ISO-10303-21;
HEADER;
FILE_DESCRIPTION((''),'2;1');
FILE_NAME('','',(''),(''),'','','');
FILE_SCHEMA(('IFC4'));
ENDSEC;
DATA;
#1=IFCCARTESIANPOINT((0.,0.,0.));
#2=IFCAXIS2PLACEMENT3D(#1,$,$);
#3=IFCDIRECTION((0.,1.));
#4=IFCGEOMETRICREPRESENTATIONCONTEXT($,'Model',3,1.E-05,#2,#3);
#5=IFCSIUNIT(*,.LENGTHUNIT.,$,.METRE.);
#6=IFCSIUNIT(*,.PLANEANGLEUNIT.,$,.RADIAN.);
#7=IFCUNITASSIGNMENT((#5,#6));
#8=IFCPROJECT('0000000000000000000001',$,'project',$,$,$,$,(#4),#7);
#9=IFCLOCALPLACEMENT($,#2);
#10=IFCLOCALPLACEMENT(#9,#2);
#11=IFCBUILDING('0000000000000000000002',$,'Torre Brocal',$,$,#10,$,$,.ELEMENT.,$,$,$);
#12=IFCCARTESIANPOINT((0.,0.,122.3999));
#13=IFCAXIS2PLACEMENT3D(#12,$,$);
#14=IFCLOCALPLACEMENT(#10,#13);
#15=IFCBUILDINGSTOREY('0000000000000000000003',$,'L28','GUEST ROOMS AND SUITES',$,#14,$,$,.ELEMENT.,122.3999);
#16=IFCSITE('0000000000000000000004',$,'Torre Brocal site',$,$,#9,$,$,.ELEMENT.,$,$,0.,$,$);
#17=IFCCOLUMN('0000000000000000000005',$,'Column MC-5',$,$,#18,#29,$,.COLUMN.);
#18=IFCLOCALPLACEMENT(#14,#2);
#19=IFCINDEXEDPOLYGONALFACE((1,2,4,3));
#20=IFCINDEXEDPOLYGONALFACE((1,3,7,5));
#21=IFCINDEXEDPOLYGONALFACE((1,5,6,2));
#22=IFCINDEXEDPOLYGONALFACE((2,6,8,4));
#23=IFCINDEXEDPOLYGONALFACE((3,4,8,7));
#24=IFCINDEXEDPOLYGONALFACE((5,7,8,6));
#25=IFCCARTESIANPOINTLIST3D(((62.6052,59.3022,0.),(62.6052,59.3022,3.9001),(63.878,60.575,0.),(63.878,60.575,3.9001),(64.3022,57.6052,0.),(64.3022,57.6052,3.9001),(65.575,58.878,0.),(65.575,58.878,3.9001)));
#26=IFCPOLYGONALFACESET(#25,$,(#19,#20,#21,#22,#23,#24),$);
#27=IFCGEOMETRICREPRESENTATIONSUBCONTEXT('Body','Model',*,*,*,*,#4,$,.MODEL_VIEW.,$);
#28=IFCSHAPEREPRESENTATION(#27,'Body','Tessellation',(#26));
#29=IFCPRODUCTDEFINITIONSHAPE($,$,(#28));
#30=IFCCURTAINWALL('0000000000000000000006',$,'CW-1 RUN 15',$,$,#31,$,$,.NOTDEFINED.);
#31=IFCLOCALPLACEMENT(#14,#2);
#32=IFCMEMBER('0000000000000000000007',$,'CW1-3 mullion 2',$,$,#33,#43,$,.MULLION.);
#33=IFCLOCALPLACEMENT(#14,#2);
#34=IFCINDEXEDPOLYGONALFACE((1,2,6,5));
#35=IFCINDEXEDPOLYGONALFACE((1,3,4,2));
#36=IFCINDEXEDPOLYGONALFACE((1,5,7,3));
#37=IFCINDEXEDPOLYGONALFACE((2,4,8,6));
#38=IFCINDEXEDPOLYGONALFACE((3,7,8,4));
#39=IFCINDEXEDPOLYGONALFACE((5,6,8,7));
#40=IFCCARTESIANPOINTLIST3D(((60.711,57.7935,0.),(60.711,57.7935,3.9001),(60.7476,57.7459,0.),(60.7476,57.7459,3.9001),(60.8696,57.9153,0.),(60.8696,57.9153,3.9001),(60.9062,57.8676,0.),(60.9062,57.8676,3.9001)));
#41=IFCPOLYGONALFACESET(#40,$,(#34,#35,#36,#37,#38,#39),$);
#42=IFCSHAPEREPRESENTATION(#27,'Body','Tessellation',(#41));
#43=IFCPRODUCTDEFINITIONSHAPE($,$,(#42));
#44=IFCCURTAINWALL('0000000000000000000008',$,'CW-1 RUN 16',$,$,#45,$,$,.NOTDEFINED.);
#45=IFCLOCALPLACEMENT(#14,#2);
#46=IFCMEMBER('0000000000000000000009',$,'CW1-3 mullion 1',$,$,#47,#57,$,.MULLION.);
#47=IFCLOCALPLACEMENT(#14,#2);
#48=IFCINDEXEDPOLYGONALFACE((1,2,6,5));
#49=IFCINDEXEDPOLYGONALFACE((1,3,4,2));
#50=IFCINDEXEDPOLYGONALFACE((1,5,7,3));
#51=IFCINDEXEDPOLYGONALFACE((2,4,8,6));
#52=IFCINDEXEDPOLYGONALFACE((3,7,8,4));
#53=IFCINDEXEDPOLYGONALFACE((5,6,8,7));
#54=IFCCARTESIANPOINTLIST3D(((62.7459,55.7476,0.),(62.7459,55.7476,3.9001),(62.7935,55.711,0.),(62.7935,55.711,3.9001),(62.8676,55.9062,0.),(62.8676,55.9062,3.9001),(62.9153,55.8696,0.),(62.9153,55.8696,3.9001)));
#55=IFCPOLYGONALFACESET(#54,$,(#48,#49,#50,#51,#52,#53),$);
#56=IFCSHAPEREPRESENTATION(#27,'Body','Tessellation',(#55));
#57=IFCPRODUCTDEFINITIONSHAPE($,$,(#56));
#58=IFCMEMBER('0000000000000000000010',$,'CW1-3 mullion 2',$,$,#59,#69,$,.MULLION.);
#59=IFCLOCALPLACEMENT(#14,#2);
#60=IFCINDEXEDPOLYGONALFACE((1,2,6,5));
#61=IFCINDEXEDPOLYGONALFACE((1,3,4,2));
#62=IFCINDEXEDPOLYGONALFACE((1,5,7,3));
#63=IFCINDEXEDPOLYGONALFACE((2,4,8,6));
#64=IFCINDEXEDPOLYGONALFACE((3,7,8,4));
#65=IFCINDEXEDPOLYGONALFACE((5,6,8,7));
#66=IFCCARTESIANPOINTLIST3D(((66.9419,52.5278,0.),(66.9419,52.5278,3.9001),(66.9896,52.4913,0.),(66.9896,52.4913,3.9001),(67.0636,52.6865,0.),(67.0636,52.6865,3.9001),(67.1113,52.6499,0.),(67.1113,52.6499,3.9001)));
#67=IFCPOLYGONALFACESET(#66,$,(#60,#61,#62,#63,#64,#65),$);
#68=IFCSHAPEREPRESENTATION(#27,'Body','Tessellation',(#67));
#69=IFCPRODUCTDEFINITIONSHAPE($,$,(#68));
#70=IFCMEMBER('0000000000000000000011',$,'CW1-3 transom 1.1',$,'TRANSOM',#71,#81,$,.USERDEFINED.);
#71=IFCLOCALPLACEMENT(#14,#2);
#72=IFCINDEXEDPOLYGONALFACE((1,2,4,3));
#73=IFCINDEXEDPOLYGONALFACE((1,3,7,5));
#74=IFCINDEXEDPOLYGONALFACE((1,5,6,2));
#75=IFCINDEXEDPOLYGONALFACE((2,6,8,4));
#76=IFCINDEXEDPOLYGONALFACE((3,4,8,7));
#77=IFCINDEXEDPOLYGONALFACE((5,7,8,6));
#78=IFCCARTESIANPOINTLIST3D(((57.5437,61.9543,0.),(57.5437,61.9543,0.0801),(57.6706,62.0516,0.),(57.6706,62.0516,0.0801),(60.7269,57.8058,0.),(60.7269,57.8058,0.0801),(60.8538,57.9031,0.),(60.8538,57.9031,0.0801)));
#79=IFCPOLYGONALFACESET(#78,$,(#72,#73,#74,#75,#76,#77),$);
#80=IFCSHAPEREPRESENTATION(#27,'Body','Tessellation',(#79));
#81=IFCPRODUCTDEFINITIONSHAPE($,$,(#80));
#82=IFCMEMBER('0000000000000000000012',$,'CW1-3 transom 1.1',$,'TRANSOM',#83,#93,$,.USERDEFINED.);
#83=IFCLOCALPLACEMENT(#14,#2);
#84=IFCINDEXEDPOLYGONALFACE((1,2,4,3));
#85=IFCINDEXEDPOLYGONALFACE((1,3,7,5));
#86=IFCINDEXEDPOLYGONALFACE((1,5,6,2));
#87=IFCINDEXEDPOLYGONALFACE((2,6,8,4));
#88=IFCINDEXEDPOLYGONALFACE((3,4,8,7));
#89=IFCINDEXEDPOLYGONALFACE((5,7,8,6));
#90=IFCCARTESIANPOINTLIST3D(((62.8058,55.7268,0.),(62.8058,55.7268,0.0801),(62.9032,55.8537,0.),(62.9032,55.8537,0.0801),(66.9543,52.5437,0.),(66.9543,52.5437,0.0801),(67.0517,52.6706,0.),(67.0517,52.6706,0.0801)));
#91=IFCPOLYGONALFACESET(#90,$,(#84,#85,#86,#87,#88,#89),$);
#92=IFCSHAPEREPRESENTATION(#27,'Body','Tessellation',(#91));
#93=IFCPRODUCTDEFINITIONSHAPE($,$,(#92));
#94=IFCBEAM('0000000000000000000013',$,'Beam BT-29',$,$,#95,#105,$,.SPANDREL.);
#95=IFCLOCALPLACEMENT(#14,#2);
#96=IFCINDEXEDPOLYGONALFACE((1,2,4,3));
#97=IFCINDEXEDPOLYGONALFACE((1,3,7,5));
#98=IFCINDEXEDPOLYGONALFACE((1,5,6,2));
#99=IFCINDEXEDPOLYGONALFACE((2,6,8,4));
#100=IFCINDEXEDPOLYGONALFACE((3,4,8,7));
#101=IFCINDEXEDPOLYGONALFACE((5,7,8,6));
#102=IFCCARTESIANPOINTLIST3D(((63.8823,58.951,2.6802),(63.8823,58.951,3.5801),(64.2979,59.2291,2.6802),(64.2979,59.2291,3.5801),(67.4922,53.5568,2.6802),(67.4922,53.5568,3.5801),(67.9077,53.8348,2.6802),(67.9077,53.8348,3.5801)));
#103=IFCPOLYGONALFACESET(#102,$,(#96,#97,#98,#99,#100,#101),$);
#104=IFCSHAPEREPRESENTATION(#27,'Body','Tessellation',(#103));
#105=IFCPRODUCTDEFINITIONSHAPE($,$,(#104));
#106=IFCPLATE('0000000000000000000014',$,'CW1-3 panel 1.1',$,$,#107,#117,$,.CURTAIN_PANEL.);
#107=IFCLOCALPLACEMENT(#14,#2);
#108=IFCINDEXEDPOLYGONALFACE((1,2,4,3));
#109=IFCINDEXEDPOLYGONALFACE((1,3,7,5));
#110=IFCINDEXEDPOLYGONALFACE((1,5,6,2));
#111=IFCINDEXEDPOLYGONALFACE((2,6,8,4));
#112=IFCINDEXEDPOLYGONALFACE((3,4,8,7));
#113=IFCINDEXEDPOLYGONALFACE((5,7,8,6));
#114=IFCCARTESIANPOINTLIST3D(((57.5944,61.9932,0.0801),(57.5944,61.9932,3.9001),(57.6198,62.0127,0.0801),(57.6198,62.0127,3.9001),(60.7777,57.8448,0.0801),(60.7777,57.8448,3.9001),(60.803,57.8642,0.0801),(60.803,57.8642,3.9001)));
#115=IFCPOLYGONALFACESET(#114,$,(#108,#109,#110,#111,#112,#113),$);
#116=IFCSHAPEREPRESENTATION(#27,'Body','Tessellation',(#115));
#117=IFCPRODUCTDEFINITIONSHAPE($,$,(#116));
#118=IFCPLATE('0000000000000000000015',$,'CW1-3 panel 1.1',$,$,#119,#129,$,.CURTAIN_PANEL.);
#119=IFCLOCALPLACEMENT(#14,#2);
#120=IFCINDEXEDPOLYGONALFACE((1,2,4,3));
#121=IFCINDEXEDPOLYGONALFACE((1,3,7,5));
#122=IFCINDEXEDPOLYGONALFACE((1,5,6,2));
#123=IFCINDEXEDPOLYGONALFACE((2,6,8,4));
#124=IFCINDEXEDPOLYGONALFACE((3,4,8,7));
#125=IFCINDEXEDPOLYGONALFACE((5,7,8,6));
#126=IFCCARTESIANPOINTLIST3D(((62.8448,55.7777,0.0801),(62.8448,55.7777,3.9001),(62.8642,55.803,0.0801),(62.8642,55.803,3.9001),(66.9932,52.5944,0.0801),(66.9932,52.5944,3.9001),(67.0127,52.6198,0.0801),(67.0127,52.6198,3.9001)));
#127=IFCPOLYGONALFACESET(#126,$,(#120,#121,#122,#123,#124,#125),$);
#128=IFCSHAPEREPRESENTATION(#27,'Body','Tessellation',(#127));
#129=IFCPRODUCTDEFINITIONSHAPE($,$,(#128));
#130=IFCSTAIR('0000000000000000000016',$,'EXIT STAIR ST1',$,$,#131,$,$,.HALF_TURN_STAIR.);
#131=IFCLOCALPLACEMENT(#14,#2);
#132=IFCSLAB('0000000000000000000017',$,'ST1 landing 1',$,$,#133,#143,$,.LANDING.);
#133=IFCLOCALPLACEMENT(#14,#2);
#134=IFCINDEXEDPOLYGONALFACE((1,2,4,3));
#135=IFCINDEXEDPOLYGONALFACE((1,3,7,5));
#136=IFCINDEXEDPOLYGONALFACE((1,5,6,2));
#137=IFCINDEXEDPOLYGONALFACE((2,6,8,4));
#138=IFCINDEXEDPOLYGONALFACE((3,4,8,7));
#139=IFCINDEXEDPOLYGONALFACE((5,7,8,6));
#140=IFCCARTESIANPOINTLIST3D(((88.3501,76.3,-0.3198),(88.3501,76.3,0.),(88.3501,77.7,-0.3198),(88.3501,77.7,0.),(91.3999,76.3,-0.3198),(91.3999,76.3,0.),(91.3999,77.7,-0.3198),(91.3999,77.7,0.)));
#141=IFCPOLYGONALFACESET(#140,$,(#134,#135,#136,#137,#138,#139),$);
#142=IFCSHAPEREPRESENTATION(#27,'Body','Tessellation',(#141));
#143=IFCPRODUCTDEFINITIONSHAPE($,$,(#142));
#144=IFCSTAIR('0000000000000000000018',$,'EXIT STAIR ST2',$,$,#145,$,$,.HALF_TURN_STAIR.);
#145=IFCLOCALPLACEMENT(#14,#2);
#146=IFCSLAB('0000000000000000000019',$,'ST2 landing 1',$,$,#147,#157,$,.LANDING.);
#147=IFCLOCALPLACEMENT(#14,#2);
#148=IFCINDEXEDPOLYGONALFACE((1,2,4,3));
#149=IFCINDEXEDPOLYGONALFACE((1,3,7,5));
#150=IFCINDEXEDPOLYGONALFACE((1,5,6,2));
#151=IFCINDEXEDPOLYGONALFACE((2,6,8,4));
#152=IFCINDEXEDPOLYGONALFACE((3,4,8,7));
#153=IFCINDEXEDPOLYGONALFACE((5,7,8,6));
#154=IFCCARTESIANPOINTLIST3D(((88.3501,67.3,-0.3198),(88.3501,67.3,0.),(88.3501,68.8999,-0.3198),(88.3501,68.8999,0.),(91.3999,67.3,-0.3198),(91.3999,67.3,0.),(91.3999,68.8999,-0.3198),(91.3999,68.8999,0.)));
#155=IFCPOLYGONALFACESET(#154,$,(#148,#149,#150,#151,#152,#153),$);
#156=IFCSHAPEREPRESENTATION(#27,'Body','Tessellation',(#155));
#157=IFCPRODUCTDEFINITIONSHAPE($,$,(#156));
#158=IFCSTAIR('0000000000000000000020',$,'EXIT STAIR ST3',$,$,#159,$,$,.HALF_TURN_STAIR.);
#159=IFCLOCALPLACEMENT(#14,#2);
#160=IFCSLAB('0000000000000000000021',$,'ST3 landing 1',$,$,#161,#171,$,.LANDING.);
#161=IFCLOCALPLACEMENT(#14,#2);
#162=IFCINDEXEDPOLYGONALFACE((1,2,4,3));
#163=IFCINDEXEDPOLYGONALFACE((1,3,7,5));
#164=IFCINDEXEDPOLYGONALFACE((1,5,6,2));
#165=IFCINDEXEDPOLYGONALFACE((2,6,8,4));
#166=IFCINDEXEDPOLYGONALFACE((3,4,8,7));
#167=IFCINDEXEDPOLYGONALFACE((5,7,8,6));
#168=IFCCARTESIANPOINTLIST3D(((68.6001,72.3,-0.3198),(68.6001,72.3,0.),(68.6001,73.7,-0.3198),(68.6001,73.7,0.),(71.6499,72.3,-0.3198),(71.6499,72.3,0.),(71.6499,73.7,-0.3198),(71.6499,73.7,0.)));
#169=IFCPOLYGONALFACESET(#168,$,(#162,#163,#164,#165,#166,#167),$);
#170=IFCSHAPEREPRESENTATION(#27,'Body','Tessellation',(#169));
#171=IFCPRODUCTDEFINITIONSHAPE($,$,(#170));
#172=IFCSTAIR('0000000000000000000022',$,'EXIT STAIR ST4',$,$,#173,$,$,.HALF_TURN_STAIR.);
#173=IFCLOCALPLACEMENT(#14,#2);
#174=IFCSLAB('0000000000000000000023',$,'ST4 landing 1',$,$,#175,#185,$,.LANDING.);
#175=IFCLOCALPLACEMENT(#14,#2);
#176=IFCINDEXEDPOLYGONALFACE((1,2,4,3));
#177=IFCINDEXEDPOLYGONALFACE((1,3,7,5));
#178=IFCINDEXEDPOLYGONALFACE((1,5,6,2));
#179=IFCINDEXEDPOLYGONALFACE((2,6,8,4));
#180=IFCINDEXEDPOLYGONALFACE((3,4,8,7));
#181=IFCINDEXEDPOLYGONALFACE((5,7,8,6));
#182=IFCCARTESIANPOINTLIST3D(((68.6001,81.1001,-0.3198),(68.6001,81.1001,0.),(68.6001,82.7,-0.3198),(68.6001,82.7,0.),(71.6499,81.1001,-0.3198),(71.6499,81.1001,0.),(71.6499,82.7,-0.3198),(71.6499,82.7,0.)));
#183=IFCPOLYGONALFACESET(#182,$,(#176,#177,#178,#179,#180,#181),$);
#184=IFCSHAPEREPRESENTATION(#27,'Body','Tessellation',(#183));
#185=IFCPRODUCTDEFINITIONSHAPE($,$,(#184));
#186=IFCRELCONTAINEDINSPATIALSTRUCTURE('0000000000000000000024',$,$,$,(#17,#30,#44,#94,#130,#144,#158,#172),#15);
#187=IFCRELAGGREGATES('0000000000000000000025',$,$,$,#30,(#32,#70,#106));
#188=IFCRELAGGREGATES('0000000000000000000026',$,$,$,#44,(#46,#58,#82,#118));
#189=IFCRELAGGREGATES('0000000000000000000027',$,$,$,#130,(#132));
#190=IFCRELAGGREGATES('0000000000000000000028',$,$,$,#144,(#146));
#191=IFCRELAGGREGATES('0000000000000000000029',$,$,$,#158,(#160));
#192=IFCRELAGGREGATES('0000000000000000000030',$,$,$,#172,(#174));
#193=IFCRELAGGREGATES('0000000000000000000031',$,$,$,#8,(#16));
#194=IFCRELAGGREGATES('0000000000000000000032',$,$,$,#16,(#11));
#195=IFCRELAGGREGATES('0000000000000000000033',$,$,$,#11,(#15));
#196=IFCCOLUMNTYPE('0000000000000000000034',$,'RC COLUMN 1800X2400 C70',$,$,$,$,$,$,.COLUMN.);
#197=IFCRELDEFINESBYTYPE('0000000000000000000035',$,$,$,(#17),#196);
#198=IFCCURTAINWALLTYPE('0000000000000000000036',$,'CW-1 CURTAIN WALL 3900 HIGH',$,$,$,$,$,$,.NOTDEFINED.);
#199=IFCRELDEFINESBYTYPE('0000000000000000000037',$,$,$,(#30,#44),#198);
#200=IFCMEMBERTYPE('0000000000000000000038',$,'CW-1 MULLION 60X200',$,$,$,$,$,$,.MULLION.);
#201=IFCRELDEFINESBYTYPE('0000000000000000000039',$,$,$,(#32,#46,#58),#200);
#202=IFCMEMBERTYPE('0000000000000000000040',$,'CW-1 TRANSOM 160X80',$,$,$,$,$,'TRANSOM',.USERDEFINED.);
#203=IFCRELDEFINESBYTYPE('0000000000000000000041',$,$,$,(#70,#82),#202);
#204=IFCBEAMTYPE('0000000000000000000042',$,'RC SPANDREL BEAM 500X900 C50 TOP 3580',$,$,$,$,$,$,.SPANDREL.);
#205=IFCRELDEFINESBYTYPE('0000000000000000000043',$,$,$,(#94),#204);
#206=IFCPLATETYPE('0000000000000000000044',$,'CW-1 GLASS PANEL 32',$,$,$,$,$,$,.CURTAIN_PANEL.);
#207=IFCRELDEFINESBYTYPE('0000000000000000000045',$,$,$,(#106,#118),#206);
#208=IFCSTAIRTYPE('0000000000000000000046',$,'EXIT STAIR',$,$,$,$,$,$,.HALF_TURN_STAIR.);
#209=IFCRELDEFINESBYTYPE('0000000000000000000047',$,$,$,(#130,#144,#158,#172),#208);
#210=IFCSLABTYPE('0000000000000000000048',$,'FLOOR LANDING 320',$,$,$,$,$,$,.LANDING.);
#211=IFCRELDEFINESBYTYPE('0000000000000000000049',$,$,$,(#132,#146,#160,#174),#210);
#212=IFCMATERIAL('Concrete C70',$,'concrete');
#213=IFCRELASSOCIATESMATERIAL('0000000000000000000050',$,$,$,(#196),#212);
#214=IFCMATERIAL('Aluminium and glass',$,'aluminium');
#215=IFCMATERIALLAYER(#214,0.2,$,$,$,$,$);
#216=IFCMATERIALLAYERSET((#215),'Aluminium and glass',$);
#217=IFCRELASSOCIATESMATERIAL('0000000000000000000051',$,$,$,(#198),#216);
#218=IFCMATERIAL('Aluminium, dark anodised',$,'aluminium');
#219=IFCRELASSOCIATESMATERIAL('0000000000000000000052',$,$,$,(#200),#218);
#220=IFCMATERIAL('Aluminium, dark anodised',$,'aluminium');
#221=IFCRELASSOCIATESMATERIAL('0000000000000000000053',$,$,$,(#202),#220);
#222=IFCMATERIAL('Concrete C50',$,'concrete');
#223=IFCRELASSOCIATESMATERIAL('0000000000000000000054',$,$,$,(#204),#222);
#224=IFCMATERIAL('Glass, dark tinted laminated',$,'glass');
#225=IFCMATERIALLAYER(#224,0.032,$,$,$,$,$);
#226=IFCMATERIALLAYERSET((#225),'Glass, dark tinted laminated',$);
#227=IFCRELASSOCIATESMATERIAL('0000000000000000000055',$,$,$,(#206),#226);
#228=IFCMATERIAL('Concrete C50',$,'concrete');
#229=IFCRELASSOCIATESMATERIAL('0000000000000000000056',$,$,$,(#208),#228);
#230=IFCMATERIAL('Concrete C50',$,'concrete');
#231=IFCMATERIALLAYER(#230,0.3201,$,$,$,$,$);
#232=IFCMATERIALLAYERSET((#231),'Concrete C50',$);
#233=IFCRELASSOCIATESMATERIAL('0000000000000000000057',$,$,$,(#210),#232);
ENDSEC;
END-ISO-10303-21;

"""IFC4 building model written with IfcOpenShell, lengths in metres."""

from ifc_helpers import new_model, si_unit, direction, frame, origin, origin_2d, place, context, subcontext, project, spatial, polyline, rectangle, outline, extrude, material, layer, layer_set, material_profile, profile_set, type_object, element, aggregate, save


model = new_model("IFC4")

# Units and contexts
model_context = context("Model", 3, precision=1e-05, world=origin(), true_north=direction((0.0, 1.0)))
body_context = subcontext(model_context, "Body", "Model", "MODEL_VIEW")
ifc_project = project(units=[si_unit("LENGTHUNIT", "METRE"), si_unit("PLANEANGLEUNIT", "RADIAN")], contexts=[model_context])

# Site, building, storey
site_placement = place(None, origin())
site = spatial("IfcSite", under=ifc_project, at=site_placement, Name="Torre Brocal site", CompositionType="ELEMENT", RefElevation=0.0)
building_placement = place(site_placement, origin())
building = spatial("IfcBuilding", under=site, at=building_placement, Name="Torre Brocal", CompositionType="ELEMENT")
storey_placement = place(building_placement, frame((0.0, 0.0, 122.3999)))
storey = spatial("IfcBuildingStorey", under=building, at=storey_placement, Name="L28", Description="GUEST ROOMS AND SUITES", CompositionType="ELEMENT", Elevation=122.3999)

# Column
ifc_material_1 = material(Name="Concrete C70", Category="concrete")
ifc_material_profile_1 = material_profile(ifc_material_1, rectangle(XDim=1.8, YDim=2.3999, at=origin_2d()), Name="RC 1800X2400")
ifc_profile_set_1 = profile_set([ifc_material_profile_1], Name="Concrete C70")
column_type = type_object("IfcColumnType", Name="RC COLUMN 1800X2400 C70", PredefinedType="COLUMN", material=ifc_profile_set_1)
column_placement = place(storey_placement, frame((64.0901, 59.0901, 0.0), z_axis=(0.0, 0.0, 1.0), x_axis=(-0.707107, -0.707107, 0.0)))
element("IfcColumn", 1, at=column_placement, inside=storey, type_object=column_type, Name="Column MC-5", PredefinedType="COLUMN", context=body_context, shape_type="SweptSolid", body=[
    extrude(rectangle(XDim=1.8, YDim=2.3999, at=origin_2d()), origin(), (0.0, 0.0, 1.0), 3.9001),
])

# Curtain wall, member
ifc_material_2 = material(Name="Aluminium and glass", Category="aluminium")
ifc_layer_1 = layer(ifc_material_2, 0.2)
ifc_layer_set_1 = layer_set([ifc_layer_1], Name="Aluminium and glass")
curtain_wall_type = type_object("IfcCurtainWallType", Name="CW-1 CURTAIN WALL 3900 HIGH", PredefinedType="NOTDEFINED", material=ifc_layer_set_1)
curtain_wall_1_placement = place(storey_placement, origin())
curtain_wall_1 = element("IfcCurtainWall", 2, at=curtain_wall_1_placement, inside=storey, type_object=curtain_wall_type, Name="CW-1 RUN 15", PredefinedType="NOTDEFINED")
ifc_material_3 = material(Name="Aluminium, dark anodised", Category="aluminium")
ifc_material_profile_2 = material_profile(ifc_material_3, rectangle(XDim=0.2, YDim=0.0601, at=origin_2d()), Name="CW-1 MULLION 60X200")
ifc_profile_set_2 = profile_set([ifc_material_profile_2], Name="Aluminium, dark anodised")
member_type_1 = type_object("IfcMemberType", Name="CW-1 MULLION 60X200", PredefinedType="MULLION", material=ifc_profile_set_2)
member_1_placement = place(storey_placement, frame((60.8086, 57.8306, 0.0), z_axis=(0.0, 0.0, 1.0), x_axis=(0.793353, 0.608761, 0.0)))
member_1 = element("IfcMember", 3, at=member_1_placement, type_object=member_type_1, Name="CW1-3 mullion 2", PredefinedType="MULLION", context=body_context, shape_type="SweptSolid", body=[
    extrude(rectangle(XDim=0.2, YDim=0.0601, at=origin_2d()), origin(), (0.0, 0.0, 1.0), 3.9001),
])

# Curtain wall, members
curtain_wall_2_placement = place(storey_placement, origin())
curtain_wall_2 = element("IfcCurtainWall", 4, at=curtain_wall_2_placement, inside=storey, type_object=curtain_wall_type, Name="CW-1 RUN 16", PredefinedType="NOTDEFINED")
member_2_placement = place(storey_placement, frame((62.8306, 55.8086, 0.0), z_axis=(0.0, 0.0, 1.0), x_axis=(0.608761, 0.793353, 0.0)))
member_2 = element("IfcMember", 5, at=member_2_placement, type_object=member_type_1, Name="CW1-3 mullion 1", PredefinedType="MULLION", context=body_context, shape_type="SweptSolid", body=[
    extrude(rectangle(XDim=0.2, YDim=0.0601, at=origin_2d()), origin(), (0.0, 0.0, 1.0), 3.9001),
])
member_3_placement = place(storey_placement, frame((67.0266, 52.5889, 0.0), z_axis=(0.0, 0.0, 1.0), x_axis=(0.608761, 0.793353, 0.0)))
member_3 = element("IfcMember", 6, at=member_3_placement, type_object=member_type_1, Name="CW1-3 mullion 2", PredefinedType="MULLION", context=body_context, shape_type="SweptSolid", body=[
    extrude(rectangle(XDim=0.2, YDim=0.0601, at=origin_2d()), origin(), (0.0, 0.0, 1.0), 3.9001),
])

# Members
ifc_material_4 = material(Name="Aluminium, dark anodised", Category="aluminium")
ifc_material_profile_3 = material_profile(ifc_material_4, rectangle(XDim=0.1599, YDim=0.0801, at=origin_2d()), Name="CW-1 TRANSOM 160X80")
ifc_profile_set_3 = profile_set([ifc_material_profile_3], Name="Aluminium, dark anodised")
member_type_2 = type_object("IfcMemberType", Name="CW-1 TRANSOM 160X80", ElementType="TRANSOM", PredefinedType="USERDEFINED", material=ifc_profile_set_3)
member_4_placement = place(storey_placement, frame((57.6072, 62.0029, 0.04), z_axis=(0.608749, -0.793363, 0.0), x_axis=(0.793363, 0.608749, 0.0)))
member_4 = element("IfcMember", 7, at=member_4_placement, type_object=member_type_2, Name="CW1-3 transom 1.1", ObjectType="TRANSOM", PredefinedType="USERDEFINED", context=body_context, shape_type="SweptSolid", body=[
    extrude(rectangle(XDim=0.1599, YDim=0.0801, at=origin_2d()), origin(), (0.0, 0.0, 1.0), 5.229),
])
member_5_placement = place(storey_placement, frame((62.8545, 55.7903, 0.04), z_axis=(0.793363, -0.608749, 0.0), x_axis=(0.608749, 0.793363, 0.0)))
member_5 = element("IfcMember", 8, at=member_5_placement, type_object=member_type_2, Name="CW1-3 transom 1.1", ObjectType="TRANSOM", PredefinedType="USERDEFINED", context=body_context, shape_type="SweptSolid", body=[
    extrude(rectangle(XDim=0.1599, YDim=0.0801, at=origin_2d()), origin(), (0.0, 0.0, 1.0), 5.229),
])

# Beam
ifc_material_5 = material(Name="Concrete C50", Category="concrete")
ifc_material_profile_4 = material_profile(ifc_material_5, rectangle(XDim=0.5, YDim=0.8999, at=origin_2d()), Name="RC 500X900")
ifc_profile_set_4 = profile_set([ifc_material_profile_4], Name="Concrete C50")
beam_type = type_object("IfcBeamType", Name="RC SPANDREL BEAM 500X900 C50 TOP 3580", PredefinedType="SPANDREL", material=ifc_profile_set_4)
beam_placement = place(storey_placement, frame((64.0901, 59.0901, 3.1301), z_axis=(0.556158, -0.831077, 0.0), x_axis=(0.831077, 0.556158, 0.0)))
element("IfcBeam", 9, at=beam_placement, inside=storey, type_object=beam_type, Name="Beam BT-29", PredefinedType="SPANDREL", context=body_context, shape_type="SweptSolid", body=[
    extrude(rectangle(XDim=0.5, YDim=0.8999, at=origin_2d()), origin(), (0.0, 0.0, 1.0), 6.4907),
])

# Plates
ifc_material_6 = material(Name="Glass, dark tinted laminated", Category="glass")
ifc_layer_2 = layer(ifc_material_6, 0.032)
ifc_layer_set_2 = layer_set([ifc_layer_2], Name="Glass, dark tinted laminated")
plate_type = type_object("IfcPlateType", Name="CW-1 GLASS PANEL 32", PredefinedType="CURTAIN_PANEL", material=ifc_layer_set_2)
plate_1_placement = place(storey_placement, frame((59.1987, 59.9287, 0.0801), z_axis=(0.0, 0.0, 1.0), x_axis=(0.608761, -0.793353, 0.0)))
plate_1 = element("IfcPlate", 10, at=plate_1_placement, type_object=plate_type, Name="CW1-3 panel 1.1", PredefinedType="CURTAIN_PANEL", context=body_context, shape_type="SweptSolid", body=[
    extrude(rectangle(XDim=5.229, YDim=0.032, at=origin_2d()), origin(), (0.0, 0.0, 1.0), 3.8201),
])
aggregate(curtain_wall_1, [member_1, member_4, plate_1])
plate_2_placement = place(storey_placement, frame((64.9287, 54.1987, 0.0801), z_axis=(0.0, 0.0, 1.0), x_axis=(0.793353, -0.608761, 0.0)))
plate_2 = element("IfcPlate", 11, at=plate_2_placement, type_object=plate_type, Name="CW1-3 panel 1.1", PredefinedType="CURTAIN_PANEL", context=body_context, shape_type="SweptSolid", body=[
    extrude(rectangle(XDim=5.229, YDim=0.032, at=origin_2d()), origin(), (0.0, 0.0, 1.0), 3.8201),
])
aggregate(curtain_wall_2, [member_2, member_3, member_5, plate_2])

# Stairs, slabs
ifc_material_7 = material(Name="Concrete C50", Category="concrete")
stair_type = type_object("IfcStairType", Name="EXIT STAIR", PredefinedType="HALF_TURN_STAIR", material=ifc_material_7)
stair_1_placement = place(storey_placement, origin())
stair_1 = element("IfcStair", 12, at=stair_1_placement, inside=storey, type_object=stair_type, Name="EXIT STAIR ST1", PredefinedType="HALF_TURN_STAIR")
ifc_material_8 = material(Name="Concrete C50", Category="concrete")
ifc_layer_3 = layer(ifc_material_8, 0.3201)
ifc_layer_set_3 = layer_set([ifc_layer_3], Name="Concrete C50")
slab_type_1 = type_object("IfcSlabType", Name="FLOOR LANDING 320", PredefinedType="LANDING", material=ifc_layer_set_3)
slab_1_placement = place(storey_placement, frame((0.0, 0.0, -0.3198)))
slab_1 = element("IfcSlab", 13, at=slab_1_placement, type_object=slab_type_1, Name="ST1 landing 1", PredefinedType="LANDING", context=body_context, shape_type="SweptSolid", body=[
    extrude(outline(polyline([(88.3501, 76.3), (91.3999, 76.3), (91.3999, 77.7), (88.3501, 77.7), (88.3501, 76.3)])), origin(), (0.0, 0.0, 1.0), 0.3198),
])
stair_2_placement = place(storey_placement, origin())
stair_2 = element("IfcStair", 14, at=stair_2_placement, inside=storey, type_object=stair_type, Name="EXIT STAIR ST2", PredefinedType="HALF_TURN_STAIR")
slab_2_placement = place(storey_placement, frame((0.0, 0.0, -0.3198)))
slab_2 = element("IfcSlab", 15, at=slab_2_placement, type_object=slab_type_1, Name="ST2 landing 1", PredefinedType="LANDING", context=body_context, shape_type="SweptSolid", body=[
    extrude(outline(polyline([(88.3501, 67.3), (91.3999, 67.3), (91.3999, 68.8999), (88.3501, 68.8999), (88.3501, 67.3)])), origin(), (0.0, 0.0, 1.0), 0.3198),
])
stair_3_placement = place(storey_placement, origin())
stair_3 = element("IfcStair", 16, at=stair_3_placement, inside=storey, type_object=stair_type, Name="EXIT STAIR ST3", PredefinedType="HALF_TURN_STAIR")
slab_3_placement = place(storey_placement, frame((0.0, 0.0, -0.3198)))
slab_3 = element("IfcSlab", 17, at=slab_3_placement, type_object=slab_type_1, Name="ST3 landing 1", PredefinedType="LANDING", context=body_context, shape_type="SweptSolid", body=[
    extrude(outline(polyline([(71.6499, 73.7), (68.6001, 73.7), (68.6001, 72.3), (71.6499, 72.3), (71.6499, 73.7)])), origin(), (0.0, 0.0, 1.0), 0.3198),
])
stair_4_placement = place(storey_placement, origin())
stair_4 = element("IfcStair", 18, at=stair_4_placement, inside=storey, type_object=stair_type, Name="EXIT STAIR ST4", PredefinedType="HALF_TURN_STAIR")
slab_4_placement = place(storey_placement, frame((0.0, 0.0, -0.3198)))
slab_4 = element("IfcSlab", 19, at=slab_4_placement, type_object=slab_type_1, Name="ST4 landing 1", PredefinedType="LANDING", context=body_context, shape_type="SweptSolid", body=[
    extrude(outline(polyline([(71.6499, 82.7), (68.6001, 82.7), (68.6001, 81.1001), (71.6499, 81.1001), (71.6499, 82.7)])), origin(), (0.0, 0.0, 1.0), 0.3198),
])

aggregate(stair_1, [slab_1])
aggregate(stair_2, [slab_2])
aggregate(stair_3, [slab_3])
aggregate(stair_4, [slab_4])

save(model, "model.ifc")
